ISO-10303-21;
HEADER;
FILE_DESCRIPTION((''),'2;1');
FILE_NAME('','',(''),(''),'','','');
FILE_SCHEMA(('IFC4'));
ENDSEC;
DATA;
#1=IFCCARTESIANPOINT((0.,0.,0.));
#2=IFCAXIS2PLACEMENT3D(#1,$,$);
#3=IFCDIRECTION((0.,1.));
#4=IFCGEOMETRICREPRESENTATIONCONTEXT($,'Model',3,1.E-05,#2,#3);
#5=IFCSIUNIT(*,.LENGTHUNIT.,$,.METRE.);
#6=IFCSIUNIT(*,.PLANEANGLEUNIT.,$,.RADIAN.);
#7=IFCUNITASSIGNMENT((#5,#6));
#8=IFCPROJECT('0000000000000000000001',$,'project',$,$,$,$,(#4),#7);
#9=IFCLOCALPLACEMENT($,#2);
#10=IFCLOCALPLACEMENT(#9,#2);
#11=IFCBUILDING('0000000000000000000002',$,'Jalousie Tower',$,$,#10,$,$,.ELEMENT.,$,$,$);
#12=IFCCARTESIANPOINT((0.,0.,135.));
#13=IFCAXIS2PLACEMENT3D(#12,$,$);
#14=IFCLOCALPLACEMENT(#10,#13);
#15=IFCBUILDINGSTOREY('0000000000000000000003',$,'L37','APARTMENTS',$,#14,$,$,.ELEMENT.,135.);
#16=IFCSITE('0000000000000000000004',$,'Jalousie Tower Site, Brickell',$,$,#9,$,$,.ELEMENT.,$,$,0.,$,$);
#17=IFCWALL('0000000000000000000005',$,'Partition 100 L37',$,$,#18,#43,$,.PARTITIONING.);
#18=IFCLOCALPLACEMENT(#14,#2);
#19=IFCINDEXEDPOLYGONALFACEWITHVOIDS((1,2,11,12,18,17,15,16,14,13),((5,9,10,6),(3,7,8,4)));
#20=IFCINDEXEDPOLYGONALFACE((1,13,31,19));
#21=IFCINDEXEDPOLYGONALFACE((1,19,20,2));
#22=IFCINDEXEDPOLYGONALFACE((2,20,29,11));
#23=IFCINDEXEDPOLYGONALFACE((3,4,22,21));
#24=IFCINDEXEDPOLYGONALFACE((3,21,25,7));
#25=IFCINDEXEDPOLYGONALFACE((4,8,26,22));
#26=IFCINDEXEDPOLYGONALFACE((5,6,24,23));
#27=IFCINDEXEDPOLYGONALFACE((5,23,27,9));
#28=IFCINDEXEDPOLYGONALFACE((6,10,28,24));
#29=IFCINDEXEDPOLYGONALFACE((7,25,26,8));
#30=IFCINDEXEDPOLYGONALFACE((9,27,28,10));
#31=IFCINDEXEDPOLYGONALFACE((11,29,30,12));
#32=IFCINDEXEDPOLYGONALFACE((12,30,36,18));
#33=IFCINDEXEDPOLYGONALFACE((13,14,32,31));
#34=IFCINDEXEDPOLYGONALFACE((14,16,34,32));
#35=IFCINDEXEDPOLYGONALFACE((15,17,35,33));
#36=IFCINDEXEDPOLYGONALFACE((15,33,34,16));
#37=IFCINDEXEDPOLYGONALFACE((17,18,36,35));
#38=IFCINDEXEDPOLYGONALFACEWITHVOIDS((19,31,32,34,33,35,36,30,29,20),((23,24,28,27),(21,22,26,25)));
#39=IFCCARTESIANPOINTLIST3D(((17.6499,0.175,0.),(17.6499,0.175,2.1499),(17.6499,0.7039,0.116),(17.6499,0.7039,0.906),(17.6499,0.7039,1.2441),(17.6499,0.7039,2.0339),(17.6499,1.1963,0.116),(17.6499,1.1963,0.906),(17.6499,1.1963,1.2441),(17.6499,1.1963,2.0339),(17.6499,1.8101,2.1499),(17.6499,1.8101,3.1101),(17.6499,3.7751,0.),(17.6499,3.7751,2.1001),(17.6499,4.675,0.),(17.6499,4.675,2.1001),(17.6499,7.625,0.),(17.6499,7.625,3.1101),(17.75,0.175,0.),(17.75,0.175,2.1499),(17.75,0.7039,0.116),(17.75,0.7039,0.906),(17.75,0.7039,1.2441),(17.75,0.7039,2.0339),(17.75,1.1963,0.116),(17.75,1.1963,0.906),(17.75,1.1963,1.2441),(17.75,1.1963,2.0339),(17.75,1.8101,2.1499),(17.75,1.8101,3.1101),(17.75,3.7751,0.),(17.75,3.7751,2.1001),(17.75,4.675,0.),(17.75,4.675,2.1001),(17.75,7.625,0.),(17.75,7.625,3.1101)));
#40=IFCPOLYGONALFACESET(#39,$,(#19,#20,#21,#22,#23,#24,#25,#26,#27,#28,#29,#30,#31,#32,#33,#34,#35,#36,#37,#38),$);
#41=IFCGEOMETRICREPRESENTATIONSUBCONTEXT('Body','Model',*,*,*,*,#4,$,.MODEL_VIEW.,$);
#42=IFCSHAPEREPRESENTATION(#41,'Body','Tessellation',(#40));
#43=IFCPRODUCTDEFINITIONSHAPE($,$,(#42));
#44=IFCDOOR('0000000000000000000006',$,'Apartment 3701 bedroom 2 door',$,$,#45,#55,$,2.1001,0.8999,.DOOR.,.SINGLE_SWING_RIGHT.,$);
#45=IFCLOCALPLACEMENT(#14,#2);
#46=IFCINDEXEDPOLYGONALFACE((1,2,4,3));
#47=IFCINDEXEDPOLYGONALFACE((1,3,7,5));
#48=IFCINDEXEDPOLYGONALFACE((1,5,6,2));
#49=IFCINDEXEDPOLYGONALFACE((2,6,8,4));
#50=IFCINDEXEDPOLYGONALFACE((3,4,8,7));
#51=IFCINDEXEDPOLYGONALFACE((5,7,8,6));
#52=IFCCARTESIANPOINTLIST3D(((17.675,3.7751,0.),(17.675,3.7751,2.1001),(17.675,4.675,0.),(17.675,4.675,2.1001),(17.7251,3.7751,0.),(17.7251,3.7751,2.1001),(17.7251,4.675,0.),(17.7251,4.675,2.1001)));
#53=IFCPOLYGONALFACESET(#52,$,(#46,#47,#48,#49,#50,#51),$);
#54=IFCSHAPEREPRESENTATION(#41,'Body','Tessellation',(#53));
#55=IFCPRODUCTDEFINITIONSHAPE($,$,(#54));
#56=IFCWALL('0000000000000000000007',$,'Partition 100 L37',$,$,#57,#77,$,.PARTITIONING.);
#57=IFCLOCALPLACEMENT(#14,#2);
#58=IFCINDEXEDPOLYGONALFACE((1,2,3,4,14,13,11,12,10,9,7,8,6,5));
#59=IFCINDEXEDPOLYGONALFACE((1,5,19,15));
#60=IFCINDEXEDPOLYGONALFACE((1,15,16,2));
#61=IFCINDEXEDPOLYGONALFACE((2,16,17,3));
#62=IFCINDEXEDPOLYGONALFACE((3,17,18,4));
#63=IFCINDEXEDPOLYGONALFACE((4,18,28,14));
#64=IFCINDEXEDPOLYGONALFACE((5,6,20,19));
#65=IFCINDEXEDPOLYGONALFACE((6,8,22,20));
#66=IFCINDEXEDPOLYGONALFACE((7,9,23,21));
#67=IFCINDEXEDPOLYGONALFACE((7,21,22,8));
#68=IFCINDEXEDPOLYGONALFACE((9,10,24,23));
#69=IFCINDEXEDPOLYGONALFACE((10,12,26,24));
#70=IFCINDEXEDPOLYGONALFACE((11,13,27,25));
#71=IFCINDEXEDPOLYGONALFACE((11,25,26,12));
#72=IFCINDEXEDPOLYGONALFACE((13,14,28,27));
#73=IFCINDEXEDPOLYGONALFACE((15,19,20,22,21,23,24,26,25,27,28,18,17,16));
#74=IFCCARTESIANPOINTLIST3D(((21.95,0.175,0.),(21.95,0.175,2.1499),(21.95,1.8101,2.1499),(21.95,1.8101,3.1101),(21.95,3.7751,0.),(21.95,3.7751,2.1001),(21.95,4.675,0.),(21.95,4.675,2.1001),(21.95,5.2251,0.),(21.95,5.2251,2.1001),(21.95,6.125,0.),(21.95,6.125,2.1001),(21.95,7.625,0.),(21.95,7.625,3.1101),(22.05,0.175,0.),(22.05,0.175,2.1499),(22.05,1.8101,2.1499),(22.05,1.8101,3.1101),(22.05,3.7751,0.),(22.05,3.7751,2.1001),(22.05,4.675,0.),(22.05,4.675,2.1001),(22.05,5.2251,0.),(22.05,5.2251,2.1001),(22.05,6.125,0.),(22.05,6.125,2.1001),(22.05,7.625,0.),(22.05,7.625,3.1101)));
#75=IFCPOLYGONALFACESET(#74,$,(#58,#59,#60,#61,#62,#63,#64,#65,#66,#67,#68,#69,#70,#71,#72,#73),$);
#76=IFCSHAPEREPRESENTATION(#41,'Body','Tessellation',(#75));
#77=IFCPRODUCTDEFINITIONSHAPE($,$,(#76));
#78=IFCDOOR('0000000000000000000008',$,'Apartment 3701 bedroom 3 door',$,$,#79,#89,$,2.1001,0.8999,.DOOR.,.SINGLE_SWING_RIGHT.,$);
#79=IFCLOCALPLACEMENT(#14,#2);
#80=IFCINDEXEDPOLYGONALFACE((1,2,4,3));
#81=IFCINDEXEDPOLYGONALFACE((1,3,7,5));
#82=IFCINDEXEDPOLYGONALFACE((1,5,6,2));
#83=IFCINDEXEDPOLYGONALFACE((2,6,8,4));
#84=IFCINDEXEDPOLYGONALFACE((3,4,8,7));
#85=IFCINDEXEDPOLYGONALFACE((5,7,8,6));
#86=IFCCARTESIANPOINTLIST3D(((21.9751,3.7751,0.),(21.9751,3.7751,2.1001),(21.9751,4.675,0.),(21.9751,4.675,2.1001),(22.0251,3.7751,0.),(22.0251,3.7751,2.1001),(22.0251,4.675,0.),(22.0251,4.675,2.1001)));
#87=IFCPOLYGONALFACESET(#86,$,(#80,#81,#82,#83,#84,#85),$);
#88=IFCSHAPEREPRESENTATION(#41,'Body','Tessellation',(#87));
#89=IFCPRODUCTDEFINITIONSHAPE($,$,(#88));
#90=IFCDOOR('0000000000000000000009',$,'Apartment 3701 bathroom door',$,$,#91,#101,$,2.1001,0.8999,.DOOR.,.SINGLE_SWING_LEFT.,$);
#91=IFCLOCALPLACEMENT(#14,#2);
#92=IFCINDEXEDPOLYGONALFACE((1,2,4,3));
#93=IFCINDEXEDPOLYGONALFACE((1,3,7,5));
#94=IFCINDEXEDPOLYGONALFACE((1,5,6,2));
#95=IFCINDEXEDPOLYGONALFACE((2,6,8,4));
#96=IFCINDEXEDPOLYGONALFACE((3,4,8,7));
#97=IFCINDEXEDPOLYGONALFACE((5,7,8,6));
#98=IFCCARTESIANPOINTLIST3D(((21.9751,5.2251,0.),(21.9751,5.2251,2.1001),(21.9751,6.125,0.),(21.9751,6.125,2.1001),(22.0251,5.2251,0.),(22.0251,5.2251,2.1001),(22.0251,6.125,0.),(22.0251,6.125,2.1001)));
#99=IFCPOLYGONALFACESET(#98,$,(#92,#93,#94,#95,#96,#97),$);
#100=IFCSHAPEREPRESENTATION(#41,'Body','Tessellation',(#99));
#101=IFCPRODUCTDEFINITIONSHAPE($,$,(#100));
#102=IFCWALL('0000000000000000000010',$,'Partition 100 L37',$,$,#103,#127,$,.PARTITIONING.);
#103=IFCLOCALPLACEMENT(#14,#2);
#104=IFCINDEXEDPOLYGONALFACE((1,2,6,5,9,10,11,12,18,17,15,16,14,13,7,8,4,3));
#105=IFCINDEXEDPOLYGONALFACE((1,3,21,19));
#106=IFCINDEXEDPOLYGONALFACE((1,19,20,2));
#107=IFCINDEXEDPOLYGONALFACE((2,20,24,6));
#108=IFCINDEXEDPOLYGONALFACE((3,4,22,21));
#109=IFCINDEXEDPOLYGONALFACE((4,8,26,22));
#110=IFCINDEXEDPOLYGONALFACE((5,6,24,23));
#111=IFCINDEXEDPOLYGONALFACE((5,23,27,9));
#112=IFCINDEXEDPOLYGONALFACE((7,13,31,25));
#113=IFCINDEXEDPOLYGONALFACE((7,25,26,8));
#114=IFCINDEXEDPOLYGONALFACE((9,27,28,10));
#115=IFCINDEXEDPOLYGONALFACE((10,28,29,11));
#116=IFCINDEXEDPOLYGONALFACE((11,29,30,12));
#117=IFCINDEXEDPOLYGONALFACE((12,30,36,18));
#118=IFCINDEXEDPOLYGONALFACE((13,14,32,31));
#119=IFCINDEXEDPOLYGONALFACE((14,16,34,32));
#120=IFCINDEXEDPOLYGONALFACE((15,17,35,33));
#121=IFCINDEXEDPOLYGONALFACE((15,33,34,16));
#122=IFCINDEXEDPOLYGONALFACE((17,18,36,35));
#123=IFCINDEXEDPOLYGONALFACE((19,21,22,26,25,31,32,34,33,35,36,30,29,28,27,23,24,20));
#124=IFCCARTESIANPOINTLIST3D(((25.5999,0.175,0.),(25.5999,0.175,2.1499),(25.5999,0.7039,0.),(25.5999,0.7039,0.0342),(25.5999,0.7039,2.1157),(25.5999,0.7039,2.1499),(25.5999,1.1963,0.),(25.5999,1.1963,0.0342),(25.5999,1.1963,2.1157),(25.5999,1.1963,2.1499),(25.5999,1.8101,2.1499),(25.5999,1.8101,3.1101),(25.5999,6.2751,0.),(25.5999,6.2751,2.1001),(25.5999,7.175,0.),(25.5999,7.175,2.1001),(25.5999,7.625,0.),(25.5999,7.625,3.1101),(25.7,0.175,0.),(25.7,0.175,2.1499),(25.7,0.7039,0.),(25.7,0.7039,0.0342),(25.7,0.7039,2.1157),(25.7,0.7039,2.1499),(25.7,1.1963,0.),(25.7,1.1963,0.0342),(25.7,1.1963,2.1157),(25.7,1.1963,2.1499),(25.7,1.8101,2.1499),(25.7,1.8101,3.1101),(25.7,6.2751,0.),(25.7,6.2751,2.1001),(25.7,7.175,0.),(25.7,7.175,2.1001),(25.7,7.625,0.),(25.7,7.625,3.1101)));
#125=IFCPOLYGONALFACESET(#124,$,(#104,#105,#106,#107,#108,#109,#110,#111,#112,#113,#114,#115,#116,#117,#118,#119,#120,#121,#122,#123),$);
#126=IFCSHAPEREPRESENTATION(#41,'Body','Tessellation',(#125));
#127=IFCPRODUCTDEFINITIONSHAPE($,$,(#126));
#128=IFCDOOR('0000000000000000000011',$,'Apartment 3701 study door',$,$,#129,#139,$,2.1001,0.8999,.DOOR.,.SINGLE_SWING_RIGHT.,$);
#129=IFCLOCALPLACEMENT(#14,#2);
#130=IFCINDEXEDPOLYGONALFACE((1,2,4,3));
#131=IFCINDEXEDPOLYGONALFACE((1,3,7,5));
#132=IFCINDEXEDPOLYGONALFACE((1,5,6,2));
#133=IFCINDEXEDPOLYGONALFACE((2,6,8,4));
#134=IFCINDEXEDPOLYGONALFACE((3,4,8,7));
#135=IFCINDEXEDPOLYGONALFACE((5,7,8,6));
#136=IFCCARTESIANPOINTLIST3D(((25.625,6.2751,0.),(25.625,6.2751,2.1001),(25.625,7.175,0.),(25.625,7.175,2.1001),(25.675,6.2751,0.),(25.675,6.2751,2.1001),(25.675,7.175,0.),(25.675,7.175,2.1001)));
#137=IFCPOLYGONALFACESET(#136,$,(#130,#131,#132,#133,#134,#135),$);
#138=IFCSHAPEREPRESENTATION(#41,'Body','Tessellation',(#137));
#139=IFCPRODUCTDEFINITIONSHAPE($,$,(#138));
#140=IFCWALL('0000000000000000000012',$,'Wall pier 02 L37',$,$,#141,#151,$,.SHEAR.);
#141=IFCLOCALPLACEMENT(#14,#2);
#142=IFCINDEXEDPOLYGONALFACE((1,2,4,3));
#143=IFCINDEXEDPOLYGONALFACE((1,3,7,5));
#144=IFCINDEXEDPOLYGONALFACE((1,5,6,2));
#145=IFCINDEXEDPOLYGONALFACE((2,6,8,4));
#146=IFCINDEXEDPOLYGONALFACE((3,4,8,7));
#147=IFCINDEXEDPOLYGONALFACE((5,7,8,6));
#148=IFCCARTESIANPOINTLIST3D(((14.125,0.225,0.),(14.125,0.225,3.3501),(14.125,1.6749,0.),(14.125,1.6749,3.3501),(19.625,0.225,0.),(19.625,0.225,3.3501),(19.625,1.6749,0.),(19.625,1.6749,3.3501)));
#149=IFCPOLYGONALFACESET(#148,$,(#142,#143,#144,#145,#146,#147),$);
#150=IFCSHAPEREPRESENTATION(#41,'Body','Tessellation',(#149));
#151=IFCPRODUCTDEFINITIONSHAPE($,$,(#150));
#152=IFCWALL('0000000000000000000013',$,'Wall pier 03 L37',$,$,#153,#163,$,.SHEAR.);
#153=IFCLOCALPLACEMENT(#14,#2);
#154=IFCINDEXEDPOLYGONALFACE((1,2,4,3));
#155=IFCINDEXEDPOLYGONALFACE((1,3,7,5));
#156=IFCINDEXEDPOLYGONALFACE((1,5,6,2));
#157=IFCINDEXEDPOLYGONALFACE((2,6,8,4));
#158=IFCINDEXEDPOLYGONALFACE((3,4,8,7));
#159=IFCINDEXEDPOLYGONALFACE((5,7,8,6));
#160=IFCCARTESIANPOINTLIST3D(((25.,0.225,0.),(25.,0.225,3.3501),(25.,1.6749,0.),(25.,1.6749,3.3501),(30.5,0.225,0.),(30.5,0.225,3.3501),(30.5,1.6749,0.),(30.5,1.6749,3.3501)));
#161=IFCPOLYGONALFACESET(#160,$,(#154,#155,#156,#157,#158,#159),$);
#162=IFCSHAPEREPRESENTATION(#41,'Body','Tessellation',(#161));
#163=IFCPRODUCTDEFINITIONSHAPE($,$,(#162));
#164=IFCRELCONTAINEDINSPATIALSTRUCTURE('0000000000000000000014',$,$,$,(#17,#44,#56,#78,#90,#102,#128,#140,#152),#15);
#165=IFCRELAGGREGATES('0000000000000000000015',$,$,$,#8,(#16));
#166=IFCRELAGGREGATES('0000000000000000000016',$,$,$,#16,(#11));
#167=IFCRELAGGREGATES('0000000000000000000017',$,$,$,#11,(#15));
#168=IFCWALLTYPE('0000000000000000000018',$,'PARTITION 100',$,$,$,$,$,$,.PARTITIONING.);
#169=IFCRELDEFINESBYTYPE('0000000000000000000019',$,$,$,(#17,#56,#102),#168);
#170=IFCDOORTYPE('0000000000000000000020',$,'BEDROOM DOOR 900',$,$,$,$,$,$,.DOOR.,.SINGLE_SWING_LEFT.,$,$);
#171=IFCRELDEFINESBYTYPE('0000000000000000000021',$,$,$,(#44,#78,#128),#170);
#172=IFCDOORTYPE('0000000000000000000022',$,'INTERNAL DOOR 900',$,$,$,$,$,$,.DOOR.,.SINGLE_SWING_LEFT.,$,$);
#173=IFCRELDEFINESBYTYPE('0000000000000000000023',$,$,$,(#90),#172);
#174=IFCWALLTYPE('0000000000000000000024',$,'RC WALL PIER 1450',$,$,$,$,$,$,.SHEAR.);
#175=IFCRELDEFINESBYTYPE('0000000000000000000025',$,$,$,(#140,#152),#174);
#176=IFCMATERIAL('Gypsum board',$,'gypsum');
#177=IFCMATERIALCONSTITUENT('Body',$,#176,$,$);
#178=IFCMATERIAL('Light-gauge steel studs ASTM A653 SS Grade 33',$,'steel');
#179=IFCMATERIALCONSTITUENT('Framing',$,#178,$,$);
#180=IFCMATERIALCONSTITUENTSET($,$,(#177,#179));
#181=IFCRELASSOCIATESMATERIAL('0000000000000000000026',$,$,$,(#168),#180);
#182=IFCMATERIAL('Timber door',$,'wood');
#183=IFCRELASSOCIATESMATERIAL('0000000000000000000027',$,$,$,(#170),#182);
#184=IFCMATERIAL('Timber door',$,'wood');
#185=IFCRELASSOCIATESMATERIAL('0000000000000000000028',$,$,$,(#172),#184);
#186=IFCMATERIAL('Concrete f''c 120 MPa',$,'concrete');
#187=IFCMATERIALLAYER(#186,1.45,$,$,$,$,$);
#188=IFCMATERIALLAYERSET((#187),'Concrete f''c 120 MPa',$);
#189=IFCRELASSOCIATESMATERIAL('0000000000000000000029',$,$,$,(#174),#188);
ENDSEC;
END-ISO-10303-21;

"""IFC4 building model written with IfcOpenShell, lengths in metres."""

from ifc_helpers import new_model, si_unit, direction, frame, frame_2d, origin, place, context, subcontext, project, spatial, polyline, rectangle, outline, extrude, material, layer, layer_set, constituent, constituent_set, type_object, element, fill, save


model = new_model("IFC4")

# Units and contexts
model_context = context("Model", 3, precision=1e-05, world=origin(), true_north=direction((0.0, 1.0)))
body_context = subcontext(model_context, "Body", "Model", "MODEL_VIEW")
ifc_project = project(units=[si_unit("LENGTHUNIT", "METRE"), si_unit("PLANEANGLEUNIT", "RADIAN")], contexts=[model_context])

# Site, building, storey
site_placement = place(None, origin())
site = spatial("IfcSite", under=ifc_project, at=site_placement, Name="Jalousie Tower Site, Brickell", CompositionType="ELEMENT", RefElevation=0.0)
building_placement = place(site_placement, origin())
building = spatial("IfcBuilding", under=site, at=building_placement, Name="Jalousie Tower", CompositionType="ELEMENT")
storey_placement = place(building_placement, frame((0.0, 0.0, 135.0)))
storey = spatial("IfcBuildingStorey", under=building, at=storey_placement, Name="L37", Description="APARTMENTS", CompositionType="ELEMENT", Elevation=135.0)

# Shared definitions
ifc_material_1 = material(Name="Gypsum board", Category="gypsum")
ifc_constituent_1 = constituent(ifc_material_1, Name="Body")
ifc_material_2 = material(Name="Light-gauge steel studs ASTM A653 SS Grade 33", Category="steel")
ifc_constituent_2 = constituent(ifc_material_2, Name="Framing")
ifc_constituent_set = constituent_set(constituents=[ifc_constituent_1, ifc_constituent_2])
wall_type_1 = type_object("IfcWallType", Name="PARTITION 100", PredefinedType="PARTITIONING", material=ifc_constituent_set)
ifc_material_3 = material(Name="Timber door", Category="wood")
door_type_1 = type_object("IfcDoorType", Name="BEDROOM DOOR 900", OperationType="SINGLE_SWING_LEFT", PredefinedType="DOOR", material=ifc_material_3)

# Wall, opening, door
wall_1_placement = place(storey_placement, frame((17.7, 0.175, 0.0), z_axis=(0.0, 0.0, 1.0), x_axis=(0.0, 1.0, 0.0)))
wall_1 = element("IfcWall", 1, at=wall_1_placement, inside=storey, type_object=wall_type_1, Name="Partition 100 L37", PredefinedType="PARTITIONING", context=body_context, shape_type="SweptSolid", body=[
    extrude(outline(polyline([(1.635, 2.1499), (0.0, 2.1499), (0.0, 0.0), (7.45, 0.0), (7.45, 3.1101), (1.635, 3.1101), (1.635, 2.1499)]), holes=[polyline([(1.0212, 0.116), (0.5288, 0.116), (0.5288, 0.906), (1.0212, 0.906), (1.0212, 0.116)]), polyline([(1.0212, 1.2441), (0.5288, 1.2441), (0.5288, 2.0339), (1.0212, 2.0339), (1.0212, 1.2441)])]), frame((0.0, 0.05, 0.0), z_axis=(0.0, -1.0, 0.0), x_axis=(1.0, 0.0, 0.0)), (0.0, 0.0, 1.0), 0.1001),
])
opening_1_placement = place(wall_1_placement, frame((3.6001, 0.0, 0.0)))
opening_1 = element("IfcOpeningElement", 2, at=opening_1_placement, cuts=wall_1, PredefinedType="OPENING", context=body_context, shape_type="SweptSolid", body=[
    extrude(rectangle(XDim=0.8999, YDim=2.1001, at=frame_2d((0.45, 1.05))), frame((0.0, 0.0601, 0.0), z_axis=(0.0, -1.0, 0.0), x_axis=(1.0, 0.0, 0.0)), (0.0, 0.0, 1.0), 0.1201),
])
door_1_placement = place(opening_1_placement, origin())
door_1 = element("IfcDoor", 3, at=door_1_placement, inside=storey, type_object=door_type_1, Name="Apartment 3701 bedroom 2 door", OperationType="SINGLE_SWING_RIGHT", OverallHeight=2.1001, OverallWidth=0.8999, PredefinedType="DOOR", context=body_context, shape_type="SweptSolid", body=[
    extrude(rectangle(XDim=0.8999, YDim=2.1001, at=frame_2d((0.45, 1.05))), frame((0.0, 0.0249, 0.0), z_axis=(0.0, -1.0, 0.0), x_axis=(1.0, 0.0, 0.0)), (0.0, 0.0, 1.0), 0.05),
])
fill(opening_1, door_1)

# Wall, openings, doors
wall_2_placement = place(storey_placement, frame((22.0, 0.175, 0.0), z_axis=(0.0, 0.0, 1.0), x_axis=(0.0, 1.0, 0.0)))
wall_2 = element("IfcWall", 4, at=wall_2_placement, inside=storey, type_object=wall_type_1, Name="Partition 100 L37", PredefinedType="PARTITIONING", context=body_context, shape_type="SweptSolid", body=[
    extrude(outline(polyline([(0.0, 0.0), (7.45, 0.0), (7.45, 3.1101), (1.635, 3.1101), (1.635, 2.1499), (0.0, 2.1499), (0.0, 3.1101), (0.0, 0.0)])), frame((0.0, 0.05, 0.0), z_axis=(0.0, -1.0, 0.0), x_axis=(1.0, 0.0, 0.0)), (0.0, 0.0, 1.0), 0.1001),
])
opening_2_placement = place(wall_2_placement, frame((3.6001, 0.0, 0.0)))
opening_2 = element("IfcOpeningElement", 5, at=opening_2_placement, cuts=wall_2, PredefinedType="OPENING", context=body_context, shape_type="SweptSolid", body=[
    extrude(rectangle(XDim=0.8999, YDim=2.1001, at=frame_2d((0.45, 1.05))), frame((0.0, 0.0601, 0.0), z_axis=(0.0, -1.0, 0.0), x_axis=(1.0, 0.0, 0.0)), (0.0, 0.0, 1.0), 0.1201),
])
opening_3_placement = place(wall_2_placement, frame((5.05, 0.0, 0.0)))
opening_3 = element("IfcOpeningElement", 6, at=opening_3_placement, cuts=wall_2, PredefinedType="OPENING", context=body_context, shape_type="SweptSolid", body=[
    extrude(rectangle(XDim=0.8999, YDim=2.1001, at=frame_2d((0.45, 1.05))), frame((0.0, 0.0601, 0.0), z_axis=(0.0, -1.0, 0.0), x_axis=(1.0, 0.0, 0.0)), (0.0, 0.0, 1.0), 0.1201),
])
door_2_placement = place(opening_2_placement, origin())
door_2 = element("IfcDoor", 7, at=door_2_placement, inside=storey, type_object=door_type_1, Name="Apartment 3701 bedroom 3 door", OperationType="SINGLE_SWING_RIGHT", OverallHeight=2.1001, OverallWidth=0.8999, PredefinedType="DOOR", context=body_context, shape_type="SweptSolid", body=[
    extrude(rectangle(XDim=0.8999, YDim=2.1001, at=frame_2d((0.45, 1.05))), frame((0.0, 0.0249, 0.0), z_axis=(0.0, -1.0, 0.0), x_axis=(1.0, 0.0, 0.0)), (0.0, 0.0, 1.0), 0.05),
])
fill(opening_2, door_2)
ifc_material_4 = material(Name="Timber door", Category="wood")
door_type_2 = type_object("IfcDoorType", Name="INTERNAL DOOR 900", OperationType="SINGLE_SWING_LEFT", PredefinedType="DOOR", material=ifc_material_4)
door_3_placement = place(opening_3_placement, origin())
door_3 = element("IfcDoor", 8, at=door_3_placement, inside=storey, type_object=door_type_2, Name="Apartment 3701 bathroom door", OperationType="SINGLE_SWING_LEFT", OverallHeight=2.1001, OverallWidth=0.8999, PredefinedType="DOOR", context=body_context, shape_type="SweptSolid", body=[
    extrude(rectangle(XDim=0.8999, YDim=2.1001, at=frame_2d((0.45, 1.05))), frame((0.0, 0.0249, 0.0), z_axis=(0.0, -1.0, 0.0), x_axis=(1.0, 0.0, 0.0)), (0.0, 0.0, 1.0), 0.05),
])
fill(opening_3, door_3)

# Wall, opening, door
wall_3_placement = place(storey_placement, frame((25.6499, 0.175, 0.0), z_axis=(0.0, 0.0, 1.0), x_axis=(0.0, 1.0, 0.0)))
wall_3 = element("IfcWall", 9, at=wall_3_placement, inside=storey, type_object=wall_type_1, Name="Partition 100 L37", PredefinedType="PARTITIONING", context=body_context, shape_type="SweptSolid", body=[
    extrude(outline(polyline([(0.5288, 2.1499), (0.0, 2.1499), (0.0, 0.0), (0.5288, 0.0), (0.5288, 0.0342), (1.0212, 0.0342), (1.0212, 0.0), (7.45, 0.0), (7.45, 3.1101), (1.635, 3.1101), (1.635, 2.1499), (1.0212, 2.1499), (1.0212, 2.1157), (0.5288, 2.1157), (0.5288, 2.1499)])), frame((0.0, 0.05, 0.0), z_axis=(0.0, -1.0, 0.0), x_axis=(1.0, 0.0, 0.0)), (0.0, 0.0, 1.0), 0.1001),
])
opening_4_placement = place(wall_3_placement, frame((6.1001, 0.0, 0.0)))
opening_4 = element("IfcOpeningElement", 10, at=opening_4_placement, cuts=wall_3, PredefinedType="OPENING", context=body_context, shape_type="SweptSolid", body=[
    extrude(rectangle(XDim=0.8999, YDim=2.1001, at=frame_2d((0.45, 1.05))), frame((0.0, 0.0601, 0.0), z_axis=(0.0, -1.0, 0.0), x_axis=(1.0, 0.0, 0.0)), (0.0, 0.0, 1.0), 0.1201),
])
door_4_placement = place(opening_4_placement, origin())
door_4 = element("IfcDoor", 11, at=door_4_placement, inside=storey, type_object=door_type_1, Name="Apartment 3701 study door", OperationType="SINGLE_SWING_RIGHT", OverallHeight=2.1001, OverallWidth=0.8999, PredefinedType="DOOR", context=body_context, shape_type="SweptSolid", body=[
    extrude(rectangle(XDim=0.8999, YDim=2.1001, at=frame_2d((0.45, 1.05))), frame((0.0, 0.0249, 0.0), z_axis=(0.0, -1.0, 0.0), x_axis=(1.0, 0.0, 0.0)), (0.0, 0.0, 1.0), 0.05),
])
fill(opening_4, door_4)

# Walls
ifc_material_5 = material(Name="Concrete f'c 120 MPa", Category="concrete")
ifc_layer_1 = layer(ifc_material_5, 1.45)
ifc_layer_set_1 = layer_set([ifc_layer_1], Name="Concrete f'c 120 MPa")
wall_type_2 = type_object("IfcWallType", Name="RC WALL PIER 1450", PredefinedType="SHEAR", material=ifc_layer_set_1)
for number, where, z_axis, x_axis, name in (
    (12, (14.125, 0.95, 0.0), (0.0, 0.0, 1.0), (1.0, 0.0, 0.0), "Wall pier 02 L37"),
    (13, (25.0, 0.95, 0.0), (0.0, 0.0, 1.0), (1.0, 0.0, 0.0), "Wall pier 03 L37"),
):
    element("IfcWall", number, at=place(storey_placement, frame(where, z_axis=z_axis, x_axis=x_axis)), inside=storey, type_object=wall_type_2, Name=name, PredefinedType="SHEAR", context=body_context, shape_type="SweptSolid", body=[
        extrude(rectangle(XDim=5.5, YDim=1.45, at=frame_2d((2.75, 0.0))), origin(), (0.0, 0.0, 1.0), 3.3501),
    ])

save(model, "model.ifc")
